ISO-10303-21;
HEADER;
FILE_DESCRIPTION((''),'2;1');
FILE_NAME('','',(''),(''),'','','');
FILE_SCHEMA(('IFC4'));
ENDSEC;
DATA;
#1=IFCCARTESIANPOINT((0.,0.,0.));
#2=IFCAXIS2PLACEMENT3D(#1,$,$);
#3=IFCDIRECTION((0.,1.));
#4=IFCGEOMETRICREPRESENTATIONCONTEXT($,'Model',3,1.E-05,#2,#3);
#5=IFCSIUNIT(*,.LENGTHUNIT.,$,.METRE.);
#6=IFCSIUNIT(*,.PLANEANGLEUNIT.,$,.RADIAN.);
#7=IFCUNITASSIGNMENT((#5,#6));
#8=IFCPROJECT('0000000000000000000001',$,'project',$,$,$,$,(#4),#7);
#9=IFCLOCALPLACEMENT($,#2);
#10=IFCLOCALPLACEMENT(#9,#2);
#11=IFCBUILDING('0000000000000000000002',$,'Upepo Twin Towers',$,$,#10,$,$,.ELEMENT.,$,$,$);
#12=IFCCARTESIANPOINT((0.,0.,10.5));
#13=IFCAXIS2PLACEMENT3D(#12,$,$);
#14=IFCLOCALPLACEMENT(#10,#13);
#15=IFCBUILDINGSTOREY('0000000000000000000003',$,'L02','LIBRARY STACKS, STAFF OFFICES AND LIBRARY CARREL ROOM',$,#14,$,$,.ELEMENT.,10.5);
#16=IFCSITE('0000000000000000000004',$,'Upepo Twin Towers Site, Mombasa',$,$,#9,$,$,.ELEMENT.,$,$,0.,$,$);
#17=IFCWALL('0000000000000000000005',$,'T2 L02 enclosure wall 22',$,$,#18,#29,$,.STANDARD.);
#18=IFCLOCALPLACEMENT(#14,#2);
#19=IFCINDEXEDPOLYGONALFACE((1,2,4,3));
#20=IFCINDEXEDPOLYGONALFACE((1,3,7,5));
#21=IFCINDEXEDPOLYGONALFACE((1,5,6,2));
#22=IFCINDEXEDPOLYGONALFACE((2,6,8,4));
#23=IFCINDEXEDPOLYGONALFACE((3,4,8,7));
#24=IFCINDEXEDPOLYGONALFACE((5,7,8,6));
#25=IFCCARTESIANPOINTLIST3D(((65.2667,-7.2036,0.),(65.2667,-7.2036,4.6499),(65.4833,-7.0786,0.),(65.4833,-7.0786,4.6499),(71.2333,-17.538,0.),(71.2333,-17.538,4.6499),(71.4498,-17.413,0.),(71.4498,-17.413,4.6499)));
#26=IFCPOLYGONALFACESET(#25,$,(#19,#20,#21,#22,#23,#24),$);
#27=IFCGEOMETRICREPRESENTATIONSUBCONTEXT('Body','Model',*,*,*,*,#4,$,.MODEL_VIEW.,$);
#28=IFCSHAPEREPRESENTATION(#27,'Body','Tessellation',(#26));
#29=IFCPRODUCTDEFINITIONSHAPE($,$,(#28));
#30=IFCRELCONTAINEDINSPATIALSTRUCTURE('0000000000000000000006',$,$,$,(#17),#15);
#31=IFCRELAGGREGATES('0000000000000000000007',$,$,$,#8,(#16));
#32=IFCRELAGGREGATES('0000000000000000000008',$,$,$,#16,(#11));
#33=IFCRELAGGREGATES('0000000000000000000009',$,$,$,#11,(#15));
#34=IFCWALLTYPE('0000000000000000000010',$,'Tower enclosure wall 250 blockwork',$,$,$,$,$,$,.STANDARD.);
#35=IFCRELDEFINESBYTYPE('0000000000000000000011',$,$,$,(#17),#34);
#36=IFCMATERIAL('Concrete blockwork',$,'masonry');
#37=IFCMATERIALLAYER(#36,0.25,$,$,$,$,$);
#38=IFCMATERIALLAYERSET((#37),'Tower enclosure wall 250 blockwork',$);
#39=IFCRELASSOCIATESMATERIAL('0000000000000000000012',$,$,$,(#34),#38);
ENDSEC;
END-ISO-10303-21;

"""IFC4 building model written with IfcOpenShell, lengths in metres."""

from ifc_helpers import new_model, si_unit, direction, frame, frame_2d, origin, place, context, subcontext, project, spatial, rectangle, extrude, material, layer, layer_set, type_object, element, save


model = new_model("IFC4")

# Units and contexts
model_context = context("Model", 3, precision=1e-05, world=origin(), true_north=direction((0.0, 1.0)))
body_context = subcontext(model_context, "Body", "Model", "MODEL_VIEW")
ifc_project = project(units=[si_unit("LENGTHUNIT", "METRE"), si_unit("PLANEANGLEUNIT", "RADIAN")], contexts=[model_context])

# Site, building, storey
site_placement = place(None, origin())
site = spatial("IfcSite", under=ifc_project, at=site_placement, Name="Upepo Twin Towers Site, Mombasa", CompositionType="ELEMENT", RefElevation=0.0)
building_placement = place(site_placement, origin())
building = spatial("IfcBuilding", under=site, at=building_placement, Name="Upepo Twin Towers", CompositionType="ELEMENT")
storey_placement = place(building_placement, frame((0.0, 0.0, 10.5)))
storey = spatial("IfcBuildingStorey", under=building, at=storey_placement, Name="L02", Description="LIBRARY STACKS, STAFF OFFICES AND LIBRARY CARREL ROOM", CompositionType="ELEMENT", Elevation=10.5)

# Wall
ifc_material_1 = material(Name="Concrete blockwork", Category="masonry")
ifc_layer_1 = layer(ifc_material_1, 0.25)
ifc_layer_set_1 = layer_set([ifc_layer_1], Name="Tower enclosure wall 250 blockwork")
wall_type_1 = type_object("IfcWallType", Name="Tower enclosure wall 250 blockwork", PredefinedType="STANDARD", material=ifc_layer_set_1)
wall_1_placement = place(storey_placement, frame((65.375, -7.1411, 0.0), z_axis=(0.0, 0.0, 1.0), x_axis=(0.499996, -0.866028, 0.0)))
element("IfcWall", 1, at=wall_1_placement, inside=storey, type_object=wall_type_1, Name="T2 L02 enclosure wall 22", PredefinedType="STANDARD", context=body_context, shape_type="SweptSolid", body=[
    extrude(rectangle(XDim=11.9331, YDim=0.25, at=frame_2d((5.9666, 0.0))), origin(), (0.0, 0.0, 1.0), 4.6499),
])

save(model, "model.ifc")
